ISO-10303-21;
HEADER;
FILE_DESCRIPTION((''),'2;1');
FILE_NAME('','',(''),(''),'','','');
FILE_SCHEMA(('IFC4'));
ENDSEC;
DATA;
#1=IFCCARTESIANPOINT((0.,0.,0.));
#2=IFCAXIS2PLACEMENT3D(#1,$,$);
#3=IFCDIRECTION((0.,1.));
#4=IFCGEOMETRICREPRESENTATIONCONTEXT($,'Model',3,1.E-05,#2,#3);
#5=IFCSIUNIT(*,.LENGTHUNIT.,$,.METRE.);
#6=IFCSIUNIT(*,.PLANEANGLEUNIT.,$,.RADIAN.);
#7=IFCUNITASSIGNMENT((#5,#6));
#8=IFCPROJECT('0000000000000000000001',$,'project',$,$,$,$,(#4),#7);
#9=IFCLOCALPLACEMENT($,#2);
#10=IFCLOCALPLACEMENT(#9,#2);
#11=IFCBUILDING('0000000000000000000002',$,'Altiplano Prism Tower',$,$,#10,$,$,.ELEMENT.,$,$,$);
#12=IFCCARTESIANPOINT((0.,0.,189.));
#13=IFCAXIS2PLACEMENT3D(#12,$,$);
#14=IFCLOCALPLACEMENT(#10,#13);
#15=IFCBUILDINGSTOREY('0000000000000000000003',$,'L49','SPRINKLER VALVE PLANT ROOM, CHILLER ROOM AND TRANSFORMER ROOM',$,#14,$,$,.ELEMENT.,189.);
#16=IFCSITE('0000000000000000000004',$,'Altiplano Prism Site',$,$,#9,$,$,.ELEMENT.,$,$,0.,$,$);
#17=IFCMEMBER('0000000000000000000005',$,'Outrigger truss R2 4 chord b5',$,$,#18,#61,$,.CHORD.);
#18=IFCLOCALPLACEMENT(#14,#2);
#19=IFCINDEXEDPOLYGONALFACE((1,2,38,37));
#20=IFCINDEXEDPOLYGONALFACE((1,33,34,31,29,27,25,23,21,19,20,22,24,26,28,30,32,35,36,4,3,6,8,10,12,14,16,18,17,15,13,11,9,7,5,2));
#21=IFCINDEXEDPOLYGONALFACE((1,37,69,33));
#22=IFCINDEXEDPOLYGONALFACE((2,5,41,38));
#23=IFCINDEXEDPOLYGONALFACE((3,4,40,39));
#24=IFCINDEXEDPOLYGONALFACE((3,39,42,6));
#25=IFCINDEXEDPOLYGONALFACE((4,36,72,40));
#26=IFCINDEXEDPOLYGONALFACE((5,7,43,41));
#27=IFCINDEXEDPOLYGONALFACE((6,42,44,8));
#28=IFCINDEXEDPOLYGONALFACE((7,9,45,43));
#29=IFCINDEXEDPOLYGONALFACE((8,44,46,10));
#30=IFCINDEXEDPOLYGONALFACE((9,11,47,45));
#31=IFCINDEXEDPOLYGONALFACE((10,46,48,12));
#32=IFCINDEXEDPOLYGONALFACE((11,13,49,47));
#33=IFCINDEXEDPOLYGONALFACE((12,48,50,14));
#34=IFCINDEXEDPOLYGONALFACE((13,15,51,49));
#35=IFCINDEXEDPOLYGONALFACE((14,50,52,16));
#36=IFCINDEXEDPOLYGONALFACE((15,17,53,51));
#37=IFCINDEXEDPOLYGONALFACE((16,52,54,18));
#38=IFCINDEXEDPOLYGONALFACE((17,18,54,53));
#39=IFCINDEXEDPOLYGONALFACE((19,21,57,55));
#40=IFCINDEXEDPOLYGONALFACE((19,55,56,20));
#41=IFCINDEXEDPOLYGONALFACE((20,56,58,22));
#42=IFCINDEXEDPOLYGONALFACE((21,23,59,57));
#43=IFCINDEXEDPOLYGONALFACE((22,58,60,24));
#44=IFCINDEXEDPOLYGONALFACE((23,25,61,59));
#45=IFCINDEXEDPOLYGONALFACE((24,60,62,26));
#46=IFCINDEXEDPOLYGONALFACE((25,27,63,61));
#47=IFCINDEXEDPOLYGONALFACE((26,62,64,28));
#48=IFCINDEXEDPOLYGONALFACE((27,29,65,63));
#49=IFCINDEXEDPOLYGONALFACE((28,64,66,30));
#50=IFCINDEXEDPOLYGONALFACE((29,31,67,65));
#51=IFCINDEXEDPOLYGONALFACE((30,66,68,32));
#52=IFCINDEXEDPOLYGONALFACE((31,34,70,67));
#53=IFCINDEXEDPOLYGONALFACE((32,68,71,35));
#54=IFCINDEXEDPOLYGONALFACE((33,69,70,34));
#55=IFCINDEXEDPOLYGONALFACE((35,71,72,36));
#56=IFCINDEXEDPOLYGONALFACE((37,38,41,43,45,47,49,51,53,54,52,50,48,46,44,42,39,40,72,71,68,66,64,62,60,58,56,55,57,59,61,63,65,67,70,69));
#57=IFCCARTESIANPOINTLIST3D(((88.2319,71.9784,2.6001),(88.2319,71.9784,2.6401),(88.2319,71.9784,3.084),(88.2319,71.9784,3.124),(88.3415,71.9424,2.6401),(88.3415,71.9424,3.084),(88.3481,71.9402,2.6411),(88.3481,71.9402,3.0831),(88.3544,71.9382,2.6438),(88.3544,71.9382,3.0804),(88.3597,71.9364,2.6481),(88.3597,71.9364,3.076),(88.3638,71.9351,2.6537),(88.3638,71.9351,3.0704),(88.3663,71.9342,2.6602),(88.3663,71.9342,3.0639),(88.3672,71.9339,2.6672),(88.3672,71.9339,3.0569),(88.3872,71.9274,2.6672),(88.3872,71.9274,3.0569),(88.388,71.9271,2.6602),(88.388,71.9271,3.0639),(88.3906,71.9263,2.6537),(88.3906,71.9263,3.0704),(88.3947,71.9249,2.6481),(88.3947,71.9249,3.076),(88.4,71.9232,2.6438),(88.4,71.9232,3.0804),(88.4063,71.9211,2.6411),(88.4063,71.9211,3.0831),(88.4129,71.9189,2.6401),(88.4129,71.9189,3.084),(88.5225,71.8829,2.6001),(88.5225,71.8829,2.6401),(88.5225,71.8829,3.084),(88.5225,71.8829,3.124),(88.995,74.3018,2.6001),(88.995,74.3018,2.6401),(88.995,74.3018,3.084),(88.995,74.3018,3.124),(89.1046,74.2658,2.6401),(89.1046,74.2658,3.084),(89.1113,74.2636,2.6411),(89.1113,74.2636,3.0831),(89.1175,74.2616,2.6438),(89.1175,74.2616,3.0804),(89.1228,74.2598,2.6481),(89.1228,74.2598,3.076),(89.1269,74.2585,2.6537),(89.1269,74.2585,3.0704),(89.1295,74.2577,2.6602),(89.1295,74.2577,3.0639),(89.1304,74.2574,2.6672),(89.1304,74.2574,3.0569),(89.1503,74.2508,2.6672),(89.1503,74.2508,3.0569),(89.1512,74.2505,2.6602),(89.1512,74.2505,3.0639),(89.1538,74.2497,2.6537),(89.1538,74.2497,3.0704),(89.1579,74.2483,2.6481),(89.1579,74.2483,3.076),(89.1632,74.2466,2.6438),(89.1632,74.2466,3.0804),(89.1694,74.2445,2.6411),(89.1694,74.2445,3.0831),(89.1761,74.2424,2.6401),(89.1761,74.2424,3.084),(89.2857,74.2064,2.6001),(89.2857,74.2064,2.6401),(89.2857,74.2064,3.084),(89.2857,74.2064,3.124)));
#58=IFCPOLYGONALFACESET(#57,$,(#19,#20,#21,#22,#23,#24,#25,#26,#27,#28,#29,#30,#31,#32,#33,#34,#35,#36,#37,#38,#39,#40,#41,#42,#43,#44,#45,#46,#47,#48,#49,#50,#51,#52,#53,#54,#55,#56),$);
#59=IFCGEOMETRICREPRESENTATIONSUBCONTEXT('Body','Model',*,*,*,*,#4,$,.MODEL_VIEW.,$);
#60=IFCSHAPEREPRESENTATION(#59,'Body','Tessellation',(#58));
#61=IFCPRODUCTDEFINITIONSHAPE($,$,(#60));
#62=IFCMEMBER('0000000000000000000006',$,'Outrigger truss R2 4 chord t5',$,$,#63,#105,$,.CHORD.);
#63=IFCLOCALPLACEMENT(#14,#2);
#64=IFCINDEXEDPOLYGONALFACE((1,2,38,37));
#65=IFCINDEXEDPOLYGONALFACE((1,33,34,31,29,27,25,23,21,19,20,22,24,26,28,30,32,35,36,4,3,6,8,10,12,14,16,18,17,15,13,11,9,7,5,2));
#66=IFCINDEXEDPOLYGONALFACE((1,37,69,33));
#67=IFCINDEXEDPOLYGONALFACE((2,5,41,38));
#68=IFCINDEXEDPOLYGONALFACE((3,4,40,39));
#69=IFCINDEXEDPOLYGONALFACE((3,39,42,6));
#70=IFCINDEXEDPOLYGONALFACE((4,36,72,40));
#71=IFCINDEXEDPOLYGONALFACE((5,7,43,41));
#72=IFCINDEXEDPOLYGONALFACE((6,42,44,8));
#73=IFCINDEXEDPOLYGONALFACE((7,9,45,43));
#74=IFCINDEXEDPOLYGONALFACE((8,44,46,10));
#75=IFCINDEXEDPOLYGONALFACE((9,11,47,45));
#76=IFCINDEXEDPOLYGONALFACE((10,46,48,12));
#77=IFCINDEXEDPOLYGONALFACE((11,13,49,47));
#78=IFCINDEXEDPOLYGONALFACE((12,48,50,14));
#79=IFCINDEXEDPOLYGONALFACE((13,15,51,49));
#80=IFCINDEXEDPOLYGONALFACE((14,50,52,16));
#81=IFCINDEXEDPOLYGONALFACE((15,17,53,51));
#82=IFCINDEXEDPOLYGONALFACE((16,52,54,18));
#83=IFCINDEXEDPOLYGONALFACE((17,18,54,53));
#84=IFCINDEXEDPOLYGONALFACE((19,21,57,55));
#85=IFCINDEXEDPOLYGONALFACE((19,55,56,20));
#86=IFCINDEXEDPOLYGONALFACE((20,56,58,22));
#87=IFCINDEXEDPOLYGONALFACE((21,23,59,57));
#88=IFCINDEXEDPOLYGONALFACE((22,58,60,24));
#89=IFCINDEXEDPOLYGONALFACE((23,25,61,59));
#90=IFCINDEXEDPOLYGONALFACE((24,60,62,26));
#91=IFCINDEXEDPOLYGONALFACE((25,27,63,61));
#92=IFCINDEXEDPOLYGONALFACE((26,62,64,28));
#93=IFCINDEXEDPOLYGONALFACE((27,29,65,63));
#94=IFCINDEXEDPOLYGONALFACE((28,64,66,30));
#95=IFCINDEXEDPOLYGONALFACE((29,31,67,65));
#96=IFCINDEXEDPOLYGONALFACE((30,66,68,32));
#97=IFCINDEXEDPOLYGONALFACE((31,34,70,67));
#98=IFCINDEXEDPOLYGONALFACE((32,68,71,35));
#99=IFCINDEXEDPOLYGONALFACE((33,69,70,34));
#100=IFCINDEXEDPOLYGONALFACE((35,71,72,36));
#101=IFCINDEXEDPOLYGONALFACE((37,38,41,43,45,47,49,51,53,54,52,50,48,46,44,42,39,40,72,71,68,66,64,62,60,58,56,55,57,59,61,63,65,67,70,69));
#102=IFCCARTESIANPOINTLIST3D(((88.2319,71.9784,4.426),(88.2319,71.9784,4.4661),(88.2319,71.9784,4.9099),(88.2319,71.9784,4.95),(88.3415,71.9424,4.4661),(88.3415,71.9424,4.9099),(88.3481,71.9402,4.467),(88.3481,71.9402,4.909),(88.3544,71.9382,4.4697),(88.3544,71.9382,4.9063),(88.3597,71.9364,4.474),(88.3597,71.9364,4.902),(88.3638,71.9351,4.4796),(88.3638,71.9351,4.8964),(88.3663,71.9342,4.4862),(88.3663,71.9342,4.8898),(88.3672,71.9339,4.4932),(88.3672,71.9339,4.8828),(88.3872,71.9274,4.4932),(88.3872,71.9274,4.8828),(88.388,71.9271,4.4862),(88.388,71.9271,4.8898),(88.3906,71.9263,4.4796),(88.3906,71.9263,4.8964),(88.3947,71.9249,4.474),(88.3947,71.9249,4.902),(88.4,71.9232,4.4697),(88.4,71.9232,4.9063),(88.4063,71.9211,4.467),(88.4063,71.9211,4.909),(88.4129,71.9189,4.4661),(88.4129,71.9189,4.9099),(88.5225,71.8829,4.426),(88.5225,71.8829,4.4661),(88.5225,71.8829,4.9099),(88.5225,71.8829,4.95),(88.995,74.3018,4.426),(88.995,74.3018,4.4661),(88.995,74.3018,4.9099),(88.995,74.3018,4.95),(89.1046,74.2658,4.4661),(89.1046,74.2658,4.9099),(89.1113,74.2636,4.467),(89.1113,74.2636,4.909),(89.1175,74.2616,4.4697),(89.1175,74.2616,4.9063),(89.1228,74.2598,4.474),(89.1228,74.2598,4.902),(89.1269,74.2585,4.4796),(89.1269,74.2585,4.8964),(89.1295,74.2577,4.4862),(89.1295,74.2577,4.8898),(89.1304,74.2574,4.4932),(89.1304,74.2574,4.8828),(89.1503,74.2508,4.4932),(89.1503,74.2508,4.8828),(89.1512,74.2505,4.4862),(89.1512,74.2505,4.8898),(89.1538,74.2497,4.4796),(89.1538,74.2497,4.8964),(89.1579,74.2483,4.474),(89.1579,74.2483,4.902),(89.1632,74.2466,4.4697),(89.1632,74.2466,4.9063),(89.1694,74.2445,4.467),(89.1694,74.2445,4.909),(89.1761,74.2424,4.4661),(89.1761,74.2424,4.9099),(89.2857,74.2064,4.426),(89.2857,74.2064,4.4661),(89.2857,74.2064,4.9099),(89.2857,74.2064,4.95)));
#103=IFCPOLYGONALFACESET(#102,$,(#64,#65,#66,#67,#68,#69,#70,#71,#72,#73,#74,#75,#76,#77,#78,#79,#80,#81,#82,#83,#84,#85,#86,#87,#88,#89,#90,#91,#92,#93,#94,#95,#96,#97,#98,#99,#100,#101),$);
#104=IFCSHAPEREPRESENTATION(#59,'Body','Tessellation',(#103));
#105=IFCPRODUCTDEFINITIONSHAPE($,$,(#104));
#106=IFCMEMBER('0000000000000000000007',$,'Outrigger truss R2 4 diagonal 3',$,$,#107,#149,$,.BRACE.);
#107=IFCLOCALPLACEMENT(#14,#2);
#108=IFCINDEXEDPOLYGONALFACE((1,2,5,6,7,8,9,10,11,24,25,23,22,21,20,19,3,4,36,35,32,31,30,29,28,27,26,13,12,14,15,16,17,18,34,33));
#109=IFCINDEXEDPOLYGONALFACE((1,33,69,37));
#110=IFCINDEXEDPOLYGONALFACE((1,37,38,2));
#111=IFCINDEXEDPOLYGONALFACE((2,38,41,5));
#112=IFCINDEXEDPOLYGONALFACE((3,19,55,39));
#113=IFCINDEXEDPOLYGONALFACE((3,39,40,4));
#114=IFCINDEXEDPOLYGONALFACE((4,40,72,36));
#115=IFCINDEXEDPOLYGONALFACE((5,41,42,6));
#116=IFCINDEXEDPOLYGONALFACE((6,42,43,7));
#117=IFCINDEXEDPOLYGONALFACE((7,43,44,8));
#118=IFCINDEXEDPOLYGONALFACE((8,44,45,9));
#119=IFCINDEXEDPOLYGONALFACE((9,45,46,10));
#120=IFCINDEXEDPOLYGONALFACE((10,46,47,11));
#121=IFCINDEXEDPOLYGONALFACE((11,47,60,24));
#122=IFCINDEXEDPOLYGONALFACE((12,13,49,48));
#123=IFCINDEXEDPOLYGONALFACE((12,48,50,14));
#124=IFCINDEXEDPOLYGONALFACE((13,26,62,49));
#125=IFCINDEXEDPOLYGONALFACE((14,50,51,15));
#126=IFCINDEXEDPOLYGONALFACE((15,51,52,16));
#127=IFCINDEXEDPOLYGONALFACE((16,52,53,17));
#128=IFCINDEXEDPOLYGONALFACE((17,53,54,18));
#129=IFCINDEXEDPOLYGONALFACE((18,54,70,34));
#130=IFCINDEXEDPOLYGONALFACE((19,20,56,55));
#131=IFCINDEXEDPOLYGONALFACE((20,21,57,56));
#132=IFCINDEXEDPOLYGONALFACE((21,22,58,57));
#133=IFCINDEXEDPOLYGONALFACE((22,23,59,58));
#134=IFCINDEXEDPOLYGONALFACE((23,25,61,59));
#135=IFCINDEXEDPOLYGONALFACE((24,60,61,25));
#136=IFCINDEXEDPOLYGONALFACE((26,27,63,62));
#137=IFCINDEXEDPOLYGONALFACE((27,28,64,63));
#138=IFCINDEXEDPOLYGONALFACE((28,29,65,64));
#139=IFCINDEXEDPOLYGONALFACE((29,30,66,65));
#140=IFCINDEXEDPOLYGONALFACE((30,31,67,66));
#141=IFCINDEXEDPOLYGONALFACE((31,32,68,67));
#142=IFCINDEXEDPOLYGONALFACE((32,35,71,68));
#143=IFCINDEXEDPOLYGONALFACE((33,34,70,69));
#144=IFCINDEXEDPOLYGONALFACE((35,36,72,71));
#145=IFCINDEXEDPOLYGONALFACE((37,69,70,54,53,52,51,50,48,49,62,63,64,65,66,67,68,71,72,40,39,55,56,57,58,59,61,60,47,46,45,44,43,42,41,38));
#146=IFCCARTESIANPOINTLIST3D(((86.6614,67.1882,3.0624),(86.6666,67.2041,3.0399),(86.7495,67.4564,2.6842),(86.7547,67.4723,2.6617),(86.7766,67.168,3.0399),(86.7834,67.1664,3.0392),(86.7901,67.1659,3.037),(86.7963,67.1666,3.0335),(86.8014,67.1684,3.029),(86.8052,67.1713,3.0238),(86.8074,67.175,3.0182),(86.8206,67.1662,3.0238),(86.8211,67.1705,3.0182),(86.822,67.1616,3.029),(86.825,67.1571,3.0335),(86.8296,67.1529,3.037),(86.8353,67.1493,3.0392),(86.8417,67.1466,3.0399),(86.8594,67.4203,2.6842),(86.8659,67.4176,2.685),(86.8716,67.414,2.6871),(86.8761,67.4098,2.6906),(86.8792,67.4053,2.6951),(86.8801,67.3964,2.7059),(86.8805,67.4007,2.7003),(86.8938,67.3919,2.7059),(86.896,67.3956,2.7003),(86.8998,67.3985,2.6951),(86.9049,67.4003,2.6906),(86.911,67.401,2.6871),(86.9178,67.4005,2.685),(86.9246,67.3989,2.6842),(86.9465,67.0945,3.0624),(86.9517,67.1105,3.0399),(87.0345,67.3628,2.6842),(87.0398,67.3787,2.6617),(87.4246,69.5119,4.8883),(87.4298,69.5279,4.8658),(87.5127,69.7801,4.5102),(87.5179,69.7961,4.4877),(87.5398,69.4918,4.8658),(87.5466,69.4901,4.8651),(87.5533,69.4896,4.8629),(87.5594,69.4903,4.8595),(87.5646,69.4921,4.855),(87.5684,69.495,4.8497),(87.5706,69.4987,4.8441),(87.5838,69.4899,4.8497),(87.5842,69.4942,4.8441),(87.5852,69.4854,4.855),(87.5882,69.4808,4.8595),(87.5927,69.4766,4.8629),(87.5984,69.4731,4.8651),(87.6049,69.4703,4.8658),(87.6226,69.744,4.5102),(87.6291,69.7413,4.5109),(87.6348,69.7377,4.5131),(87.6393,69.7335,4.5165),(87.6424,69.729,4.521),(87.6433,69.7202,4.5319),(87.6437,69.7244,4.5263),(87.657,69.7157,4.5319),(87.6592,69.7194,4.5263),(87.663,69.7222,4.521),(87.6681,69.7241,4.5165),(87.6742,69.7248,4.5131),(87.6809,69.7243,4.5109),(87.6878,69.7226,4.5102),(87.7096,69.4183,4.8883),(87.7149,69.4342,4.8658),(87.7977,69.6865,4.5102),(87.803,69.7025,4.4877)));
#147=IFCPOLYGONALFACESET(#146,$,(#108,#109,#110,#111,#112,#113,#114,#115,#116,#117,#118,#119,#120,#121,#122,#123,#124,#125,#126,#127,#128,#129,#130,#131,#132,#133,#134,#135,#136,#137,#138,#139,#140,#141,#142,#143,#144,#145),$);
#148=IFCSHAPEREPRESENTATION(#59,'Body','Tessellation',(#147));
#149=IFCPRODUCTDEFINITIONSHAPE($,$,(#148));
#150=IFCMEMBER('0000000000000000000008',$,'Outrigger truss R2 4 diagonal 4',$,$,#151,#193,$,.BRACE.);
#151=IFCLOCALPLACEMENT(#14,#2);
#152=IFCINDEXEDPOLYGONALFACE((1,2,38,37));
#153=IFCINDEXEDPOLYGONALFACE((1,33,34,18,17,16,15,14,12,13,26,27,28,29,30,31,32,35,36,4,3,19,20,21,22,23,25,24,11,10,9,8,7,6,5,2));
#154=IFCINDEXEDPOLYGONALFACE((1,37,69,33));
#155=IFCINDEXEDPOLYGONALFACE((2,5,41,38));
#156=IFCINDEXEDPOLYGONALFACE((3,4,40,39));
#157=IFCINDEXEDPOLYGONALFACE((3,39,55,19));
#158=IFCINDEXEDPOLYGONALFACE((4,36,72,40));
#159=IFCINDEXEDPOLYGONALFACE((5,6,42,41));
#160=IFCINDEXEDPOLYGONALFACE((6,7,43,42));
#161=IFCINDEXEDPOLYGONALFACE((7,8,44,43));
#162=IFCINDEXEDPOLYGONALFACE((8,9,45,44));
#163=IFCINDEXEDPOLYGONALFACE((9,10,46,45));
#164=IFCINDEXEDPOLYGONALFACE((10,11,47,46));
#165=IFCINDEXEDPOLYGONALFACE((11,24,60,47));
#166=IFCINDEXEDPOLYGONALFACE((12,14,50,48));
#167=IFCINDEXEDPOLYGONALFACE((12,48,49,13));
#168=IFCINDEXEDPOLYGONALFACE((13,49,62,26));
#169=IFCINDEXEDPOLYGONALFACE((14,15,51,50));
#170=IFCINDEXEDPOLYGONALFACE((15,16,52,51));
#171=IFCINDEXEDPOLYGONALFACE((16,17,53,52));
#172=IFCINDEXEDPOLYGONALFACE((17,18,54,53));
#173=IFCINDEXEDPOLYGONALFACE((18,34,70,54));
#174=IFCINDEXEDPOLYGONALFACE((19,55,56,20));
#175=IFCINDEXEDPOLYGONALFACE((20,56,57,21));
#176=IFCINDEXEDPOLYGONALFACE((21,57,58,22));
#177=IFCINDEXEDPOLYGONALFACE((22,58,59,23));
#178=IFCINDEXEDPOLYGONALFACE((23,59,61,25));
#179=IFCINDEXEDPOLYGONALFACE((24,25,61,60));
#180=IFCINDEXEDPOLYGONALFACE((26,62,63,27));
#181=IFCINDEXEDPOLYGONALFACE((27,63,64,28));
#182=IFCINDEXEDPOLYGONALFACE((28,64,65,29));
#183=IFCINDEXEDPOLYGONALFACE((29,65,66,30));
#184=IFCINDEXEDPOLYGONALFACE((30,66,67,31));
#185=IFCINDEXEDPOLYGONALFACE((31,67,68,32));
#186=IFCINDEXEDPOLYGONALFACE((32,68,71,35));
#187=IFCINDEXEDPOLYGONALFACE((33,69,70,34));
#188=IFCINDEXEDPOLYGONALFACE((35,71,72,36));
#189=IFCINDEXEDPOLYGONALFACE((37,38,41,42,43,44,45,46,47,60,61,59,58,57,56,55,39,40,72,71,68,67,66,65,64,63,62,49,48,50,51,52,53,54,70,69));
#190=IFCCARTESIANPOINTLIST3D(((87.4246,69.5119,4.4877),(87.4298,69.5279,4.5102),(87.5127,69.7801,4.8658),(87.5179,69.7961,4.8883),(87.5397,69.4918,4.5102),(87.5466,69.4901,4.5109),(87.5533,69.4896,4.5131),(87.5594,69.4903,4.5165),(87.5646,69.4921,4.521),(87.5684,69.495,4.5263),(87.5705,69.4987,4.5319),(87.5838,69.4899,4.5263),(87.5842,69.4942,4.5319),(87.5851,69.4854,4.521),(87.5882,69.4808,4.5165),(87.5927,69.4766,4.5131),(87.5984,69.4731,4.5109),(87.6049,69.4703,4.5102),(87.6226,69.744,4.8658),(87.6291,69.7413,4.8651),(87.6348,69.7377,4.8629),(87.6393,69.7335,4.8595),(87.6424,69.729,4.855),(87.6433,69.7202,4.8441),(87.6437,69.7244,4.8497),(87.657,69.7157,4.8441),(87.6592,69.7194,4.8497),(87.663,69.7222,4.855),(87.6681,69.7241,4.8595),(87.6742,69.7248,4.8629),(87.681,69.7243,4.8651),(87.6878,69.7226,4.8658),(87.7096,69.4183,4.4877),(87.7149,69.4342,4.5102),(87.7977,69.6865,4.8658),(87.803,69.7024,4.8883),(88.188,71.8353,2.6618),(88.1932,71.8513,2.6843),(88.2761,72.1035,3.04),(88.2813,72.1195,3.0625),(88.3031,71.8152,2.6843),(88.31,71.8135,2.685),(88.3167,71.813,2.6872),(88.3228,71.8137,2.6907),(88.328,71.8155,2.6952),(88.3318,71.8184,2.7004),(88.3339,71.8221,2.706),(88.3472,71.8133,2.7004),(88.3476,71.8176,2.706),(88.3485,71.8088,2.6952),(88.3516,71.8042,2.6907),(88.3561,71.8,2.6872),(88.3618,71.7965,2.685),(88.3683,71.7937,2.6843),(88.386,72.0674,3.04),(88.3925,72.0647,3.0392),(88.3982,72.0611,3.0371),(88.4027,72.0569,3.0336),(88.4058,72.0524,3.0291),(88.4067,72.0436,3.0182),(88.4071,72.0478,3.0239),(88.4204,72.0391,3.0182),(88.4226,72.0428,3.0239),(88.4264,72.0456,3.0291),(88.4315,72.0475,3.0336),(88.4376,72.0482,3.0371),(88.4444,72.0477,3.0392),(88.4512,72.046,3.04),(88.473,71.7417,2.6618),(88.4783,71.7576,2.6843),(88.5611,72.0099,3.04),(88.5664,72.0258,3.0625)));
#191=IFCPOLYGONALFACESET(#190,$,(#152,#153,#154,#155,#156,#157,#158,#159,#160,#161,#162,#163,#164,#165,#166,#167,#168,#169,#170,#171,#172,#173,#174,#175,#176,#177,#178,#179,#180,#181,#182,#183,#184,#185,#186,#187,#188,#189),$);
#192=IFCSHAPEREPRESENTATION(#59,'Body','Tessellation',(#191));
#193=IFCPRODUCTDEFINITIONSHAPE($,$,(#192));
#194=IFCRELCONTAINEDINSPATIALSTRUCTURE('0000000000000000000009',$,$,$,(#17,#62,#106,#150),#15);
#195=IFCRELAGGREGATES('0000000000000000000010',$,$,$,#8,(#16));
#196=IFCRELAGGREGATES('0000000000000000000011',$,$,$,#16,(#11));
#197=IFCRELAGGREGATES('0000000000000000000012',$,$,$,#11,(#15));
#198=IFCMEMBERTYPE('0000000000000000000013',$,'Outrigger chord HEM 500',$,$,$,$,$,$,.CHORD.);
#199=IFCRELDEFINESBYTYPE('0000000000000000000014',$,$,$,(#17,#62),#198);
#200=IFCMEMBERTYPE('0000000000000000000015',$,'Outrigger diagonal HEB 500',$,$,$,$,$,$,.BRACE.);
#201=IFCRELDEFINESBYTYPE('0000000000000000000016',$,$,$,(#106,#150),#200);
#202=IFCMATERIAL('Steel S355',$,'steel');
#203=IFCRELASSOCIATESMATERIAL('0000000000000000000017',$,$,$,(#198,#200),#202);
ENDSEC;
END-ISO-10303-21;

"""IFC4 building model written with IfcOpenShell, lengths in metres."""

from ifc_helpers import new_model, si_unit, direction, frame, origin, origin_2d, place, context, subcontext, project, spatial, i_section, extrude, material, material_profile, profile_set, type_object, element, save


model = new_model("IFC4")

# Units and contexts
model_context = context("Model", 3, precision=1e-05, world=origin(), true_north=direction((0.0, 1.0)))
body_context = subcontext(model_context, "Body", "Model", "MODEL_VIEW")
ifc_project = project(units=[si_unit("LENGTHUNIT", "METRE"), si_unit("PLANEANGLEUNIT", "RADIAN")], contexts=[model_context])

# Site, building, storey
site_placement = place(None, origin())
site = spatial("IfcSite", under=ifc_project, at=site_placement, Name="Altiplano Prism Site", CompositionType="ELEMENT", RefElevation=0.0)
building_placement = place(site_placement, origin())
building = spatial("IfcBuilding", under=site, at=building_placement, Name="Altiplano Prism Tower", CompositionType="ELEMENT")
storey_placement = place(building_placement, frame((0.0, 0.0, 189.0)))
storey = spatial("IfcBuildingStorey", under=building, at=storey_placement, Name="L49", Description="SPRINKLER VALVE PLANT ROOM, CHILLER ROOM AND TRANSFORMER ROOM", CompositionType="ELEMENT", Elevation=189.0)

# Shared definitions
ifc_material_1 = material(Name="Steel S355", Category="steel")

# Members
ifc_material_profile_1 = material_profile(ifc_material_1, i_section(OverallWidth=0.3059, OverallDepth=0.5239, WebThickness=0.021, FlangeThickness=0.04, FilletRadius=0.0271, at=origin_2d()), Name="Outrigger chord HEM 500")
ifc_profile_set_1 = profile_set([ifc_material_profile_1], Name="Steel S355")
member_type_1 = type_object("IfcMemberType", Name="Outrigger chord HEM 500", PredefinedType="CHORD", material=ifc_profile_set_1)
for number, where, z_axis, x_axis, name in (
    (1, (88.3772, 71.9307, 2.8621), (0.312062, 0.950062, 0.0), (-0.950062, 0.312062, 0.0), "Outrigger truss R2 4 chord b5"),
    (2, (88.3772, 71.9307, 4.688), (0.312062, 0.950062, 0.0), (-0.950062, 0.312062, 0.0), "Outrigger truss R2 4 chord t5"),
):
    element("IfcMember", number, at=place(storey_placement, frame(where, z_axis=z_axis, x_axis=x_axis)), inside=storey, type_object=member_type_1, Name=name, PredefinedType="CHORD", context=body_context, shape_type="SweptSolid", body=[
        extrude(i_section(OverallWidth=0.3059, OverallDepth=0.5239, WebThickness=0.021, FlangeThickness=0.04, FilletRadius=0.0271, at=origin_2d()), origin(), (0.0, 0.0, 1.0), 2.4456),
    ])
ifc_material_profile_2 = material_profile(ifc_material_1, i_section(OverallWidth=0.3, OverallDepth=0.5, WebThickness=0.0144, FlangeThickness=0.0281, FilletRadius=0.0271, at=origin_2d()), Name="Outrigger diagonal HEB 500")
ifc_profile_set_2 = profile_set([ifc_material_profile_2], Name="Steel S355")
member_type_2 = type_object("IfcMemberType", Name="Outrigger diagonal HEB 500", PredefinedType="BRACE", material=ifc_profile_set_2)
member_1_placement = place(storey_placement, frame((86.8506, 67.2834, 2.8621), z_axis=(0.25004, 0.761319, 0.598225), x_axis=(-0.950071, 0.312032, 0.0)))
element("IfcMember", 3, at=member_1_placement, inside=storey, type_object=member_type_2, Name="Outrigger truss R2 4 diagonal 3", PredefinedType="BRACE", context=body_context, shape_type="SweptSolid", body=[
    extrude(i_section(OverallWidth=0.3, OverallDepth=0.5, WebThickness=0.0144, FlangeThickness=0.0281, FilletRadius=0.0271, at=origin_2d()), origin(), (0.0, 0.0, 1.0), 3.0522),
])
for number, where, z_axis, x_axis, name in (
    (4, (87.6138, 69.6072, 4.688), (0.25013, 0.76127, -0.598249), (-0.950032, 0.312152, 0.0), "Outrigger truss R2 4 diagonal 4"),
):
    element("IfcMember", number, at=place(storey_placement, frame(where, z_axis=z_axis, x_axis=x_axis)), inside=storey, type_object=member_type_2, Name=name, PredefinedType="BRACE", context=body_context, shape_type="SweptSolid", body=[
        extrude(i_section(OverallWidth=0.3, OverallDepth=0.5, WebThickness=0.0144, FlangeThickness=0.0281, FilletRadius=0.0271, at=origin_2d()), origin(), (0.0, 0.0, 1.0), 3.052),
    ])

save(model, "model.ifc")
